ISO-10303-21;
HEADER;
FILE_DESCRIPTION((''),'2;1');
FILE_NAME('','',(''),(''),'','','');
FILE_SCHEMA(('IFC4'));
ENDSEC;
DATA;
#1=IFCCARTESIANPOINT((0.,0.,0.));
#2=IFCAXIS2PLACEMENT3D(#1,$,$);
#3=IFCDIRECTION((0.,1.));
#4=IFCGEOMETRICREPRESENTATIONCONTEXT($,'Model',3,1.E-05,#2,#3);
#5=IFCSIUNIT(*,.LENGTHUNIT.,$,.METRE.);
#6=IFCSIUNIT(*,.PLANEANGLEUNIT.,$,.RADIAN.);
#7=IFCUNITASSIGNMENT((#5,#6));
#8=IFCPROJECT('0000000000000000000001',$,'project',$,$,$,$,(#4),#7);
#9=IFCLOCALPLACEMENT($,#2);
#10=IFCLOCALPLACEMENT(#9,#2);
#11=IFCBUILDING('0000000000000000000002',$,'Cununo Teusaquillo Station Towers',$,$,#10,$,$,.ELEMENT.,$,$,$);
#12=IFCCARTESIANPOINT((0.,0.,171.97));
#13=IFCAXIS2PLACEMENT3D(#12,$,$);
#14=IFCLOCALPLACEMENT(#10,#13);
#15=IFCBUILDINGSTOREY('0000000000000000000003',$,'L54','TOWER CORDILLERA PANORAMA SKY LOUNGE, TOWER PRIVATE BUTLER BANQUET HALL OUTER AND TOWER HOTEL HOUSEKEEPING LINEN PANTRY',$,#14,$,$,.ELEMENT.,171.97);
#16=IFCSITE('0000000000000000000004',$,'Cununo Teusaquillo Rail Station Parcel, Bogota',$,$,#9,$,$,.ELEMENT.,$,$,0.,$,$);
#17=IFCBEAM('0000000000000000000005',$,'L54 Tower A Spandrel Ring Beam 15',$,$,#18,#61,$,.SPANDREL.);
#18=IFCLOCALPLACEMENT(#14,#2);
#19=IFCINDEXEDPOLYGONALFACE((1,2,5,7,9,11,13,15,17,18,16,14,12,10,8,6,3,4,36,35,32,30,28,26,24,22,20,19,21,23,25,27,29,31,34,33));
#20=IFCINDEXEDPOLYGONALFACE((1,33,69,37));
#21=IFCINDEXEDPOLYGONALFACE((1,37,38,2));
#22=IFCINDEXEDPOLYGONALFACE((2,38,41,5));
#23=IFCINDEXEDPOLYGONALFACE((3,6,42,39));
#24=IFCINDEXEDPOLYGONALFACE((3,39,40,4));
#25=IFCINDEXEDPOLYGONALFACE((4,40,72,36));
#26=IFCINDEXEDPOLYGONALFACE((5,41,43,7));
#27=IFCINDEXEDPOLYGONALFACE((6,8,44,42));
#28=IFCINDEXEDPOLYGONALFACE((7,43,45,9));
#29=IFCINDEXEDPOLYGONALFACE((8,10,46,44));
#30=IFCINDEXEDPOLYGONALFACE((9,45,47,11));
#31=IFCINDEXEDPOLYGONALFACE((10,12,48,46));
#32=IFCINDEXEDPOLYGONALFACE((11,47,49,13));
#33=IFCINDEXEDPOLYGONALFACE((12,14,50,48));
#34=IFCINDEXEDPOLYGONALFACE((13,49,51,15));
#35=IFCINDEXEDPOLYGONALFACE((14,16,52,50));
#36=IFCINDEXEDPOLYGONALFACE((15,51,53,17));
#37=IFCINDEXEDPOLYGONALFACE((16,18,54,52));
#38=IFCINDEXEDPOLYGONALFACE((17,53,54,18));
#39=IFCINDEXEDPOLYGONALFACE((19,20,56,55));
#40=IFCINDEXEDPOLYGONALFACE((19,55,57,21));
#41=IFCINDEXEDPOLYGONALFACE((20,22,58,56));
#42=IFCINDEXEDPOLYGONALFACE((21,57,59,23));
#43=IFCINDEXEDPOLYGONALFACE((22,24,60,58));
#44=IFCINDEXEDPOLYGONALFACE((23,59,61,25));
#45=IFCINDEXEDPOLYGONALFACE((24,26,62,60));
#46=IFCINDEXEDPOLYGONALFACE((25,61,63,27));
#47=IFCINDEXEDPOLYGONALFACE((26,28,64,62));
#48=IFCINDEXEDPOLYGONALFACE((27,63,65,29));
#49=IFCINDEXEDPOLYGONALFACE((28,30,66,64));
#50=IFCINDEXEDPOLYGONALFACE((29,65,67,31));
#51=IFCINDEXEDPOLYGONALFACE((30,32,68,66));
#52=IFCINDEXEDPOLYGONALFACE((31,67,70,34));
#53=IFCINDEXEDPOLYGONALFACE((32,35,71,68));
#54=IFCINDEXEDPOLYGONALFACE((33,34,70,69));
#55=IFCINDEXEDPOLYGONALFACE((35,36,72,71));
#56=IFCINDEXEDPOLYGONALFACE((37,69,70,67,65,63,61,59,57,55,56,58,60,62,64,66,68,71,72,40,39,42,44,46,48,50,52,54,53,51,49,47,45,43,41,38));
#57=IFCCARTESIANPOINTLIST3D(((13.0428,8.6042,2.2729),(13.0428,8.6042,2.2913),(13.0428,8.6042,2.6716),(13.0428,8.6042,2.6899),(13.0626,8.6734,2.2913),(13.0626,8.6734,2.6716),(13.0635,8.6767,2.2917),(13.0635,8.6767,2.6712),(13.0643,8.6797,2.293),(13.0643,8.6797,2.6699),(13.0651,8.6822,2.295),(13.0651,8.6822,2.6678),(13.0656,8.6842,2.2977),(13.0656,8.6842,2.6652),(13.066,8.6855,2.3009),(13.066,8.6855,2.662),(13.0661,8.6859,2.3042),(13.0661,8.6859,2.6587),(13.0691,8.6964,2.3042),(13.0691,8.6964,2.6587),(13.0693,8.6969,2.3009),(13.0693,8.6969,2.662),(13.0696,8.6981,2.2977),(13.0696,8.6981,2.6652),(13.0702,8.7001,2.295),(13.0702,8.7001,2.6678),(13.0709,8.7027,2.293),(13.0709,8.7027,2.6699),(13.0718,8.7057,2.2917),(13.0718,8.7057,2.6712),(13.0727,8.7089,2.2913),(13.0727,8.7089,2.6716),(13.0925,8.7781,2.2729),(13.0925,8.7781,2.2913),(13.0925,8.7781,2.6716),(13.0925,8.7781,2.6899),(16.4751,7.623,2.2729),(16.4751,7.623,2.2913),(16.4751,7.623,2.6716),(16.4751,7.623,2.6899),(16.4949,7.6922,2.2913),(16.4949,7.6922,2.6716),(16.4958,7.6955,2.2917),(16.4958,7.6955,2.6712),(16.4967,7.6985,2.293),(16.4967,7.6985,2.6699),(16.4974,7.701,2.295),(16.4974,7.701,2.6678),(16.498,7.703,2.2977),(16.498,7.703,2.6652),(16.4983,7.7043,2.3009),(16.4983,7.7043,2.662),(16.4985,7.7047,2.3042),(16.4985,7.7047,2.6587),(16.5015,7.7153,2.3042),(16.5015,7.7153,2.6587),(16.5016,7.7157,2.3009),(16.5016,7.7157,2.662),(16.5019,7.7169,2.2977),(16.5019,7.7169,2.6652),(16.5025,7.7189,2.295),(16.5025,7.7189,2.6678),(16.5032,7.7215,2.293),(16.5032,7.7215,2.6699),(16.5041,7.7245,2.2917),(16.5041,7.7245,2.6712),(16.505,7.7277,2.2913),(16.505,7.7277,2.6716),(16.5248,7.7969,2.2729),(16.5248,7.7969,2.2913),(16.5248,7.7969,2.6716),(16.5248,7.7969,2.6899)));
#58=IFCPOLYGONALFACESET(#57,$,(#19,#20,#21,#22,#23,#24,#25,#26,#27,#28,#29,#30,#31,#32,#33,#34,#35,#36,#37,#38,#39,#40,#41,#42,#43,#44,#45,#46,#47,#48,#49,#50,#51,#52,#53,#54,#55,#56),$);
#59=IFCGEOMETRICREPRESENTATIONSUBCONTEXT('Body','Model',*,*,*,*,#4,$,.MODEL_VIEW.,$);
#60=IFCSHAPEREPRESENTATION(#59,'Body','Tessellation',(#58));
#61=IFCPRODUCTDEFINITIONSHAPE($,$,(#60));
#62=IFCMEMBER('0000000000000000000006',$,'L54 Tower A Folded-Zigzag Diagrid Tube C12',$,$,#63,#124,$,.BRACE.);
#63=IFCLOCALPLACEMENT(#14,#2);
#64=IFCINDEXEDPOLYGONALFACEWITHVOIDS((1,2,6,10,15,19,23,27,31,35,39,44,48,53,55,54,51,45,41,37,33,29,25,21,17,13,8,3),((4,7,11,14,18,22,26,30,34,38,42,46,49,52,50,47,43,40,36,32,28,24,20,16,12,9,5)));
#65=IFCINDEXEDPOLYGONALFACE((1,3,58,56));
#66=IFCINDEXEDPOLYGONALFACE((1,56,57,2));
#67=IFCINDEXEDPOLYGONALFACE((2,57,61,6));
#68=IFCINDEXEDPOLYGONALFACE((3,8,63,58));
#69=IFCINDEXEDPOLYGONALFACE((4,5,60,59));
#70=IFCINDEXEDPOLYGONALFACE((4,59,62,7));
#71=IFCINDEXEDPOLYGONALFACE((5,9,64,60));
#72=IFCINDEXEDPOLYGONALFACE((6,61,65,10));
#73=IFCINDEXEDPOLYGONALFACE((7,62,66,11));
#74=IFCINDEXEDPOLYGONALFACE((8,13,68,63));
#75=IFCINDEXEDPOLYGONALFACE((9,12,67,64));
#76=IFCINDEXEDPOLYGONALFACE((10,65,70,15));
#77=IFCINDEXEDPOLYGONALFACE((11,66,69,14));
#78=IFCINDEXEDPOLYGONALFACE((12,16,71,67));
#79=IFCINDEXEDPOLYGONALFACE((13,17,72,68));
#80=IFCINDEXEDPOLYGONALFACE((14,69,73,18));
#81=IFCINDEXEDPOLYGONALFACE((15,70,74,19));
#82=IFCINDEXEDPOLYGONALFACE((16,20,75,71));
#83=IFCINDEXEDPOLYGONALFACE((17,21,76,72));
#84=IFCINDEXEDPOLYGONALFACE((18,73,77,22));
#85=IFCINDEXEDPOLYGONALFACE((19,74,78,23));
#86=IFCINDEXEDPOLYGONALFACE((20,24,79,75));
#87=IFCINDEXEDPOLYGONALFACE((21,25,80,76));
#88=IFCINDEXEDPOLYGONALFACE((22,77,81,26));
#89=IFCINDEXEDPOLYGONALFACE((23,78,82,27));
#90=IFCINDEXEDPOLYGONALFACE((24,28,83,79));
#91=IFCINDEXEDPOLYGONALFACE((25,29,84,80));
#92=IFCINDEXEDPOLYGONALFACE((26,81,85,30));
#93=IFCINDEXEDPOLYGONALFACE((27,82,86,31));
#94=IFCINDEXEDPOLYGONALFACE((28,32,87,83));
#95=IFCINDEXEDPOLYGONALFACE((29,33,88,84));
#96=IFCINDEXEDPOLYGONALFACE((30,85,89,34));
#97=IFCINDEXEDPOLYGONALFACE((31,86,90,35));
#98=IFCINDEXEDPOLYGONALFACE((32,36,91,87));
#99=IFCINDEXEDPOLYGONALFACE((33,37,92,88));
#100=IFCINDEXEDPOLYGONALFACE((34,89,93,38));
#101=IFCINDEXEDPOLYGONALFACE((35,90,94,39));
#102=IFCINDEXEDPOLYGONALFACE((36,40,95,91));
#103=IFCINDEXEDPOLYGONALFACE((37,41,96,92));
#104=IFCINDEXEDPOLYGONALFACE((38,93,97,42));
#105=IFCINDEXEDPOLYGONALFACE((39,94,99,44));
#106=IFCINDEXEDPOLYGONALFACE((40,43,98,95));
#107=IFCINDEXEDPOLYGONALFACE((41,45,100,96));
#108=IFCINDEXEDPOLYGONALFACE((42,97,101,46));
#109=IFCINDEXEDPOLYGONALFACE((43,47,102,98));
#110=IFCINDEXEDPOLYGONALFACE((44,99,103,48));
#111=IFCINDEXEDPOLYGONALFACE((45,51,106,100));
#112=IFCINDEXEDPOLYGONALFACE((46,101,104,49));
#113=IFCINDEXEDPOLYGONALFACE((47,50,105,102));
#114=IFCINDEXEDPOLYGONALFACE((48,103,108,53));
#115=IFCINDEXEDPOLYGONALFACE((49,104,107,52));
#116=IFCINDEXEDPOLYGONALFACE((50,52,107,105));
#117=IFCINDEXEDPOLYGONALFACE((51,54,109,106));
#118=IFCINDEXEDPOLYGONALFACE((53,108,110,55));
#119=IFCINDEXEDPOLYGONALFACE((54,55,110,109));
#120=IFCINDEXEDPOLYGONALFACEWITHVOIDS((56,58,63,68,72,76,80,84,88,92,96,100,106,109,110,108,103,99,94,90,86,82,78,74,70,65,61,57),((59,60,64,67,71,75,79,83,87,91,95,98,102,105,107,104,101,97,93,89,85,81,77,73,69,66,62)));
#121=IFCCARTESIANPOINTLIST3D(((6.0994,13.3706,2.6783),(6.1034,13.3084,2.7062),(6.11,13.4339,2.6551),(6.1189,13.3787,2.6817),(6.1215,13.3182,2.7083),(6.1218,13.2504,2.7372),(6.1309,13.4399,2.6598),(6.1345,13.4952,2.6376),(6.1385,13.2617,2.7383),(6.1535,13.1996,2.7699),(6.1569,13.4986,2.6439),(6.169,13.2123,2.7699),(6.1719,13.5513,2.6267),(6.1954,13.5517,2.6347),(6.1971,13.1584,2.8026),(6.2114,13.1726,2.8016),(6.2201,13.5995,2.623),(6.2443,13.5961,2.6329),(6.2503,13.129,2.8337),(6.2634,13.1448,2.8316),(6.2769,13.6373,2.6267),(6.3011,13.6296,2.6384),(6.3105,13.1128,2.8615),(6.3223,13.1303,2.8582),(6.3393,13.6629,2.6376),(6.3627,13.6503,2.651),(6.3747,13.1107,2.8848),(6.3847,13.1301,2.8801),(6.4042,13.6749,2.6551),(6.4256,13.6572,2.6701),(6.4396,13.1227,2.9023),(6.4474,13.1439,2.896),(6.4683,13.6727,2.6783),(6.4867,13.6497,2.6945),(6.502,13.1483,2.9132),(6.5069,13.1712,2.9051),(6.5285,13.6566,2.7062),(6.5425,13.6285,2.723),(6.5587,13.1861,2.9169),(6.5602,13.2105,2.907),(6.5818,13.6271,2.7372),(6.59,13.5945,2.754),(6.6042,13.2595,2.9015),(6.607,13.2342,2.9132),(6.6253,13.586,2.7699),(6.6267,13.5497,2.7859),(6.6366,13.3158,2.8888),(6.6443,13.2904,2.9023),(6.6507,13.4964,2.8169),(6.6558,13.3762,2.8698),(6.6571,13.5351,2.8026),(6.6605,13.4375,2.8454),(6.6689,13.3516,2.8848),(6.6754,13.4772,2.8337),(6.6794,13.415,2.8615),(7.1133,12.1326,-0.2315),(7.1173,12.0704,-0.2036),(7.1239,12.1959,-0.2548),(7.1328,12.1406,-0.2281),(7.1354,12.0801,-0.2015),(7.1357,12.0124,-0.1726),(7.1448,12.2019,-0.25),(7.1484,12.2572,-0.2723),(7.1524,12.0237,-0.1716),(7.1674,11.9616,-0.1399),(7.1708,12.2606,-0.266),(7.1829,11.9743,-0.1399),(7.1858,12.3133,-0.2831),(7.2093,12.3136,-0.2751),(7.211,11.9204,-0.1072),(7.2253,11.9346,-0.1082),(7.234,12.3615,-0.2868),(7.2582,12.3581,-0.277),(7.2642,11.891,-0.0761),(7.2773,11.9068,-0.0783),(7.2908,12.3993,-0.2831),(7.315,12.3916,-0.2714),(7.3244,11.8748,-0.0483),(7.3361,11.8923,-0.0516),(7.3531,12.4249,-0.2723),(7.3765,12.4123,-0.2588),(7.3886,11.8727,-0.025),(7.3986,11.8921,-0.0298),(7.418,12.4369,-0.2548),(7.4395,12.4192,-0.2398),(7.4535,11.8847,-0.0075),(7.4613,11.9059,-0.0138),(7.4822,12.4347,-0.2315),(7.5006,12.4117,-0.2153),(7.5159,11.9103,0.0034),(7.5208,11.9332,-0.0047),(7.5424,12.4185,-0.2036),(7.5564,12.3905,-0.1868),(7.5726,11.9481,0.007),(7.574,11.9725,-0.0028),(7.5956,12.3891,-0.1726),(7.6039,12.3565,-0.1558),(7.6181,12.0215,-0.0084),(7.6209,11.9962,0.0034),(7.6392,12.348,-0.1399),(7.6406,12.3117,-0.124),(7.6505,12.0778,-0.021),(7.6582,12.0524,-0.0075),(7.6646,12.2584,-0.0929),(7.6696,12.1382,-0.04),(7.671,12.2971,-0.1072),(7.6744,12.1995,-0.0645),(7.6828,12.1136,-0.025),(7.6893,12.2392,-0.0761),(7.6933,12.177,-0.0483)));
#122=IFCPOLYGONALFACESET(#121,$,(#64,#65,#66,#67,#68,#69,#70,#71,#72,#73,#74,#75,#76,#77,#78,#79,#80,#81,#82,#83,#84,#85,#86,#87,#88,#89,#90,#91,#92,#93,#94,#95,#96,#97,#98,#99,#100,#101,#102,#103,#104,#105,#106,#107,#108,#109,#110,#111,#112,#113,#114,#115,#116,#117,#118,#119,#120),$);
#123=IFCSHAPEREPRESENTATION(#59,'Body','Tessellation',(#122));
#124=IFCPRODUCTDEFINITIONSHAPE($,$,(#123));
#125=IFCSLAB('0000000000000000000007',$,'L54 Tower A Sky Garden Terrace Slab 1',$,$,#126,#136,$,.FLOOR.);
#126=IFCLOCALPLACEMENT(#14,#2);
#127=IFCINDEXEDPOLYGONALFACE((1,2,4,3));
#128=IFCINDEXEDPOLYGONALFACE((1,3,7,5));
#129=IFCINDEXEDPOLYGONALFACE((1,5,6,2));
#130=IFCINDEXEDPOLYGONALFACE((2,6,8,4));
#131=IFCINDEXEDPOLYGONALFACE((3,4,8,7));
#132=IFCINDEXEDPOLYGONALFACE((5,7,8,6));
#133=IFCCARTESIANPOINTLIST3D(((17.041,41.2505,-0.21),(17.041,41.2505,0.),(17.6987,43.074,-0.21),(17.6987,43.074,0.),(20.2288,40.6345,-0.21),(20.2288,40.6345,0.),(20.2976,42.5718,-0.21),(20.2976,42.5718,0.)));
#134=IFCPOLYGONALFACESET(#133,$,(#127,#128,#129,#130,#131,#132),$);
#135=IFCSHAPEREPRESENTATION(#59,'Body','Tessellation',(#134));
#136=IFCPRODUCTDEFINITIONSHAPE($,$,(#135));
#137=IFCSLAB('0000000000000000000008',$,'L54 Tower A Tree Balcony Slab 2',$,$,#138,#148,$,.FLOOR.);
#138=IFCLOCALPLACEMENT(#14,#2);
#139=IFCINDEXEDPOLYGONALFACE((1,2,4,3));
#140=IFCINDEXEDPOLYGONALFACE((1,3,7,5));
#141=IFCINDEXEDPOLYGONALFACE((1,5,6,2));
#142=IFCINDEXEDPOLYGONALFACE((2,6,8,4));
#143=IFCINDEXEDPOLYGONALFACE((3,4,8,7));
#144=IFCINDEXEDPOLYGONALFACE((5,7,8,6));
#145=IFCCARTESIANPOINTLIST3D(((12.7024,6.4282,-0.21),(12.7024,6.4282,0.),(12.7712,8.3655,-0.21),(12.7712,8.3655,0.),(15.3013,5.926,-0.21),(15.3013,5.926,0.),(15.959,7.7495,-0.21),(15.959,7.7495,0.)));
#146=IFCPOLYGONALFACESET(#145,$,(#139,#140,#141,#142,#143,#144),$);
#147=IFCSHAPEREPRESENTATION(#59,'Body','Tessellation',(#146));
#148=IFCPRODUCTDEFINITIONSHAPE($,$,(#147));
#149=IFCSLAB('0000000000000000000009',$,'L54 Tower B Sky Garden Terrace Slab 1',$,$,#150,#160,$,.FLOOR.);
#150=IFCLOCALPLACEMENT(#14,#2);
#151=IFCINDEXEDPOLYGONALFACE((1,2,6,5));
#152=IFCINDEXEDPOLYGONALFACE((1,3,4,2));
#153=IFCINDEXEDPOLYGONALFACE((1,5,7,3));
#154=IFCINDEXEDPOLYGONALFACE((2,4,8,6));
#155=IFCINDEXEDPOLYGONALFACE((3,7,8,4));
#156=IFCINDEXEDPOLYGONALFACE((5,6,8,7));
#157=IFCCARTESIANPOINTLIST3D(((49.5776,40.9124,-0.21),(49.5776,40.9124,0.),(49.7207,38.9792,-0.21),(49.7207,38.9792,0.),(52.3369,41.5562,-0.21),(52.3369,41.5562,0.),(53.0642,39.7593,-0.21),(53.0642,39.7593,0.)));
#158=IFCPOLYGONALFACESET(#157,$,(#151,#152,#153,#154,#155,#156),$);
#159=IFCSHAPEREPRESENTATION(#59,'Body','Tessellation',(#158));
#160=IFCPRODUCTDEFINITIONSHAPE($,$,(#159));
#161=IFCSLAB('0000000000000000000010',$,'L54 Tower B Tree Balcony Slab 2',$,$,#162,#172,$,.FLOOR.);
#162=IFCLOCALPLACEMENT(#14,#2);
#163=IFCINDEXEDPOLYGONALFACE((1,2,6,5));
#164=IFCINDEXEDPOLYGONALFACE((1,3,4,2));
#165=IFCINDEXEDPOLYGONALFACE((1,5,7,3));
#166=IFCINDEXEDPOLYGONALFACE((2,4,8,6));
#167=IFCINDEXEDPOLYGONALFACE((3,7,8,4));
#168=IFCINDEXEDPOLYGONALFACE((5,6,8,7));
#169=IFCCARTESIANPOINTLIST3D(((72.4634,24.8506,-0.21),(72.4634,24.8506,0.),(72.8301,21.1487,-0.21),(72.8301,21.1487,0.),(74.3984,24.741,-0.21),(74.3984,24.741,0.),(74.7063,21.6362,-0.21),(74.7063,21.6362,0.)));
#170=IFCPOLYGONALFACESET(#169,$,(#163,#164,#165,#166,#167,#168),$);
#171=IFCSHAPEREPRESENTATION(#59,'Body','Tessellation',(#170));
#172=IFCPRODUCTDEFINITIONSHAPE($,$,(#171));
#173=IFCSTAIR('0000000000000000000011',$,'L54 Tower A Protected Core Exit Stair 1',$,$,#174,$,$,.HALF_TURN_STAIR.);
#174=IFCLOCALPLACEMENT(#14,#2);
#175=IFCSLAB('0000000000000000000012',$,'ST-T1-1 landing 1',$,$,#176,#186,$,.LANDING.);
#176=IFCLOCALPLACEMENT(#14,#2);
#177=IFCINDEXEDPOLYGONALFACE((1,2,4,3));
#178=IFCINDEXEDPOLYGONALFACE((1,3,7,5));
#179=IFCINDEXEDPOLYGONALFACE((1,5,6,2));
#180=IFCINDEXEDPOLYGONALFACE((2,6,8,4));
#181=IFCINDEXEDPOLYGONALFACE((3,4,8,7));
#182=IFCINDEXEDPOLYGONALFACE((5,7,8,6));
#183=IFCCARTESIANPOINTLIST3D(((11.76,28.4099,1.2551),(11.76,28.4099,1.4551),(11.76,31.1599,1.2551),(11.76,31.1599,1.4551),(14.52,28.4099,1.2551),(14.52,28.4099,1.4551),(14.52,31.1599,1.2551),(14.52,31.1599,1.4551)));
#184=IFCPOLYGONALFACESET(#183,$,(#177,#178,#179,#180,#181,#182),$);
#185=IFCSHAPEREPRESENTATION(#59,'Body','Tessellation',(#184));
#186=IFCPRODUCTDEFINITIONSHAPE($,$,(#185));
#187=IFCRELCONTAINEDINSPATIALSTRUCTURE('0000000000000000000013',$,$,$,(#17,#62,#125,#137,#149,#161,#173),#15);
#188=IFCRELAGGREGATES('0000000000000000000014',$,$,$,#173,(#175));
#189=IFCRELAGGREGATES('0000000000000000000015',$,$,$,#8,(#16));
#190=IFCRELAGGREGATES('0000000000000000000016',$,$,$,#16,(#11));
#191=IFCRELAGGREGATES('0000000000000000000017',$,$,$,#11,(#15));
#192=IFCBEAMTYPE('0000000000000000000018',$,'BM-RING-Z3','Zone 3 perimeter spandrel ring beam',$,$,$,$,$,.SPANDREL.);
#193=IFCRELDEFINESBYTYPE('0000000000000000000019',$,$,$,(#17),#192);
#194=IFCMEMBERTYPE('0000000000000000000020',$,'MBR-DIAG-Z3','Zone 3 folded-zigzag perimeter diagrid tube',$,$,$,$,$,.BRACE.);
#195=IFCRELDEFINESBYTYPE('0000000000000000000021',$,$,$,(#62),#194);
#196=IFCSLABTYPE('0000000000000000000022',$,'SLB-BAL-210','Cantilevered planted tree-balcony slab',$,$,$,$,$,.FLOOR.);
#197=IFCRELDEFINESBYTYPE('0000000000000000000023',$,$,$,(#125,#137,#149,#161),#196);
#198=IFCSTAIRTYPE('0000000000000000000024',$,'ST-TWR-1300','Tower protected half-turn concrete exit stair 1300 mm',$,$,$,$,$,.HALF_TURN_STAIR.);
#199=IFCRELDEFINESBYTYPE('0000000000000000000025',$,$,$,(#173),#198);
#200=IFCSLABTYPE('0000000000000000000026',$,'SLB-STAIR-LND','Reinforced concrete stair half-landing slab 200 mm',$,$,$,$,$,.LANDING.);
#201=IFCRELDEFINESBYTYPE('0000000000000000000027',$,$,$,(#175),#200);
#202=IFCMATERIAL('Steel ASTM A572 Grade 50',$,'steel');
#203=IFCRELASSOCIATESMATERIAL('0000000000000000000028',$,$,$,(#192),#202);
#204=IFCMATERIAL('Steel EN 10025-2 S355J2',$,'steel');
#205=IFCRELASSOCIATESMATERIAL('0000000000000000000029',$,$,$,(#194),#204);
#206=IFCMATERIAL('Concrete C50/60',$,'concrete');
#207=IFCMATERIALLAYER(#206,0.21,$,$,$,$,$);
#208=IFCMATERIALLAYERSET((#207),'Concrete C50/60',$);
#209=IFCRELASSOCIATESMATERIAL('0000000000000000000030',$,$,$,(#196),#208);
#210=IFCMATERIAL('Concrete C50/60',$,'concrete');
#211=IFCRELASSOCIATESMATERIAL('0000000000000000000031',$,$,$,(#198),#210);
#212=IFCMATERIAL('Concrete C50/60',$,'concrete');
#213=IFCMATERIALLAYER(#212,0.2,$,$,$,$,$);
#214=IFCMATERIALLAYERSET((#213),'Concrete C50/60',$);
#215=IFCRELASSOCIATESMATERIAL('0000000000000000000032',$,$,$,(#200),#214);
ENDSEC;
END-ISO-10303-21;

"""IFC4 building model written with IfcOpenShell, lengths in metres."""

from ifc_helpers import new_model, si_unit, direction, frame, origin, origin_2d, place, context, subcontext, project, spatial, polyline, hollow_circle, i_section, outline, extrude, material, layer, layer_set, material_profile, profile_set, type_object, element, aggregate, save


model = new_model("IFC4")

# Units and contexts
model_context = context("Model", 3, precision=1e-05, world=origin(), true_north=direction((0.0, 1.0)))
body_context = subcontext(model_context, "Body", "Model", "MODEL_VIEW")
ifc_project = project(units=[si_unit("LENGTHUNIT", "METRE"), si_unit("PLANEANGLEUNIT", "RADIAN")], contexts=[model_context])

# Site, building, storey
site_placement = place(None, origin())
site = spatial("IfcSite", under=ifc_project, at=site_placement, Name="Cununo Teusaquillo Rail Station Parcel, Bogota", CompositionType="ELEMENT", RefElevation=0.0)
building_placement = place(site_placement, origin())
building = spatial("IfcBuilding", under=site, at=building_placement, Name="Cununo Teusaquillo Station Towers", CompositionType="ELEMENT")
storey_placement = place(building_placement, frame((0.0, 0.0, 171.97)))
storey = spatial("IfcBuildingStorey", under=building, at=storey_placement, Name="L54", Description="TOWER CORDILLERA PANORAMA SKY LOUNGE, TOWER PRIVATE BUTLER BANQUET HALL OUTER AND TOWER HOTEL HOUSEKEEPING LINEN PANTRY", CompositionType="ELEMENT", Elevation=171.97)

# Beam
ifc_material_1 = material(Name="Steel ASTM A572 Grade 50", Category="steel")
ifc_material_profile_1 = material_profile(ifc_material_1, i_section(OverallWidth=0.1809, OverallDepth=0.417, WebThickness=0.011, FlangeThickness=0.0183, FilletRadius=0.0129, at=origin_2d()), Name="W16X57")
ifc_profile_set_1 = profile_set([ifc_material_profile_1], Name="Steel ASTM A572 Grade 50")
beam_type = type_object("IfcBeamType", Name="BM-RING-Z3", Description="Zone 3 perimeter spandrel ring beam", PredefinedType="SPANDREL", material=ifc_profile_set_1)
beam_1_placement = place(storey_placement, frame((13.0676, 8.6912, 2.4814), z_axis=(0.961485, -0.274857, 0.0), x_axis=(0.274857, 0.961485, 0.0)))
element("IfcBeam", 1, at=beam_1_placement, inside=storey, type_object=beam_type, Name="L54 Tower A Spandrel Ring Beam 15", PredefinedType="SPANDREL", context=body_context, shape_type="SweptSolid", body=[
    extrude(i_section(OverallWidth=0.1809, OverallDepth=0.417, WebThickness=0.011, FlangeThickness=0.0183, FilletRadius=0.0129, at=origin_2d()), origin(), (0.0, 0.0, 1.0), 3.5698),
])

# Member
ifc_material_2 = material(Name="Steel EN 10025-2 S355J2", Category="steel")
ifc_material_profile_2 = material_profile(ifc_material_2, hollow_circle(Radius=0.3049, WallThickness=0.02, at=origin_2d()), Name="CHS 610x20")
ifc_profile_set_2 = profile_set([ifc_material_profile_2], Name="Steel EN 10025-2 S355J2")
member_type = type_object("IfcMemberType", Name="MBR-DIAG-Z3", Description="Zone 3 folded-zigzag perimeter diagrid tube", PredefinedType="BRACE", material=ifc_profile_set_2)
member_placement = place(storey_placement, frame((7.4033, 12.1548, -0.1399), z_axis=(-0.305314, 0.372802, 0.876243), x_axis=(-0.773658, -0.633603, 0.0)))
element("IfcMember", 2, at=member_placement, inside=storey, type_object=member_type, Name="L54 Tower A Folded-Zigzag Diagrid Tube C12", PredefinedType="BRACE", context=body_context, shape_type="SweptSolid", body=[
    extrude(hollow_circle(Radius=0.3049, WallThickness=0.02, at=origin_2d()), origin(), (0.0, 0.0, 1.0), 3.3208),
])

# Slabs
ifc_material_3 = material(Name="Concrete C50/60", Category="concrete")
ifc_layer_1 = layer(ifc_material_3, 0.21)
ifc_layer_set_1 = layer_set([ifc_layer_1], Name="Concrete C50/60")
slab_type_1 = type_object("IfcSlabType", Name="SLB-BAL-210", Description="Cantilevered planted tree-balcony slab", PredefinedType="FLOOR", material=ifc_layer_set_1)
slab_1_placement = place(storey_placement, frame((0.0, 0.0, -0.21)))
element("IfcSlab", 3, at=slab_1_placement, inside=storey, type_object=slab_type_1, Name="L54 Tower A Sky Garden Terrace Slab 1", PredefinedType="FLOOR", context=body_context, shape_type="SweptSolid", body=[
    extrude(outline(polyline([(20.2288, 40.6345), (17.041, 41.2505), (17.6987, 43.074), (20.2976, 42.5718), (20.2288, 40.6345)])), origin(), (0.0, 0.0, 1.0), 0.21),
])
slab_2_placement = place(storey_placement, frame((0.0, 0.0, -0.21)))
element("IfcSlab", 4, at=slab_2_placement, inside=storey, type_object=slab_type_1, Name="L54 Tower A Tree Balcony Slab 2", PredefinedType="FLOOR", context=body_context, shape_type="SweptSolid", body=[
    extrude(outline(polyline([(12.7712, 8.3655), (15.959, 7.7495), (15.3013, 5.926), (12.7024, 6.4282), (12.7712, 8.3655)])), origin(), (0.0, 0.0, 1.0), 0.21),
])
slab_3_placement = place(storey_placement, frame((0.0, 0.0, -0.21)))
element("IfcSlab", 5, at=slab_3_placement, inside=storey, type_object=slab_type_1, Name="L54 Tower B Sky Garden Terrace Slab 1", PredefinedType="FLOOR", context=body_context, shape_type="SweptSolid", body=[
    extrude(outline(polyline([(53.0642, 39.7593), (49.7207, 38.9792), (49.5776, 40.9124), (52.3369, 41.5562), (53.0642, 39.7593)])), origin(), (0.0, 0.0, 1.0), 0.21),
])
slab_4_placement = place(storey_placement, frame((0.0, 0.0, -0.21)))
element("IfcSlab", 6, at=slab_4_placement, inside=storey, type_object=slab_type_1, Name="L54 Tower B Tree Balcony Slab 2", PredefinedType="FLOOR", context=body_context, shape_type="SweptSolid", body=[
    extrude(outline(polyline([(72.8301, 21.1487), (72.4634, 24.8506), (74.3984, 24.741), (74.7063, 21.6362), (72.8301, 21.1487)])), origin(), (0.0, 0.0, 1.0), 0.21),
])

# Stair, slab
ifc_material_4 = material(Name="Concrete C50/60", Category="concrete")
stair_type = type_object("IfcStairType", Name="ST-TWR-1300", Description="Tower protected half-turn concrete exit stair 1300 mm", PredefinedType="HALF_TURN_STAIR", material=ifc_material_4)
stair_1_placement = place(storey_placement, origin())
stair_1 = element("IfcStair", 7, at=stair_1_placement, inside=storey, type_object=stair_type, Name="L54 Tower A Protected Core Exit Stair 1", PredefinedType="HALF_TURN_STAIR")
ifc_material_5 = material(Name="Concrete C50/60", Category="concrete")
ifc_layer_2 = layer(ifc_material_5, 0.2)
ifc_layer_set_2 = layer_set([ifc_layer_2], Name="Concrete C50/60")
slab_type_2 = type_object("IfcSlabType", Name="SLB-STAIR-LND", Description="Reinforced concrete stair half-landing slab 200 mm", PredefinedType="LANDING", material=ifc_layer_set_2)
slab_5_placement = place(storey_placement, frame((0.0, 0.0, 1.2551)))
slab_5 = element("IfcSlab", 8, at=slab_5_placement, type_object=slab_type_2, Name="ST-T1-1 landing 1", PredefinedType="LANDING", context=body_context, shape_type="SweptSolid", body=[
    extrude(outline(polyline([(14.52, 28.4099), (14.52, 31.1599), (11.76, 31.1599), (11.76, 28.4099), (14.52, 28.4099)])), origin(), (0.0, 0.0, 1.0), 0.2),
])
aggregate(stair_1, [slab_5])

save(model, "model.ifc")
